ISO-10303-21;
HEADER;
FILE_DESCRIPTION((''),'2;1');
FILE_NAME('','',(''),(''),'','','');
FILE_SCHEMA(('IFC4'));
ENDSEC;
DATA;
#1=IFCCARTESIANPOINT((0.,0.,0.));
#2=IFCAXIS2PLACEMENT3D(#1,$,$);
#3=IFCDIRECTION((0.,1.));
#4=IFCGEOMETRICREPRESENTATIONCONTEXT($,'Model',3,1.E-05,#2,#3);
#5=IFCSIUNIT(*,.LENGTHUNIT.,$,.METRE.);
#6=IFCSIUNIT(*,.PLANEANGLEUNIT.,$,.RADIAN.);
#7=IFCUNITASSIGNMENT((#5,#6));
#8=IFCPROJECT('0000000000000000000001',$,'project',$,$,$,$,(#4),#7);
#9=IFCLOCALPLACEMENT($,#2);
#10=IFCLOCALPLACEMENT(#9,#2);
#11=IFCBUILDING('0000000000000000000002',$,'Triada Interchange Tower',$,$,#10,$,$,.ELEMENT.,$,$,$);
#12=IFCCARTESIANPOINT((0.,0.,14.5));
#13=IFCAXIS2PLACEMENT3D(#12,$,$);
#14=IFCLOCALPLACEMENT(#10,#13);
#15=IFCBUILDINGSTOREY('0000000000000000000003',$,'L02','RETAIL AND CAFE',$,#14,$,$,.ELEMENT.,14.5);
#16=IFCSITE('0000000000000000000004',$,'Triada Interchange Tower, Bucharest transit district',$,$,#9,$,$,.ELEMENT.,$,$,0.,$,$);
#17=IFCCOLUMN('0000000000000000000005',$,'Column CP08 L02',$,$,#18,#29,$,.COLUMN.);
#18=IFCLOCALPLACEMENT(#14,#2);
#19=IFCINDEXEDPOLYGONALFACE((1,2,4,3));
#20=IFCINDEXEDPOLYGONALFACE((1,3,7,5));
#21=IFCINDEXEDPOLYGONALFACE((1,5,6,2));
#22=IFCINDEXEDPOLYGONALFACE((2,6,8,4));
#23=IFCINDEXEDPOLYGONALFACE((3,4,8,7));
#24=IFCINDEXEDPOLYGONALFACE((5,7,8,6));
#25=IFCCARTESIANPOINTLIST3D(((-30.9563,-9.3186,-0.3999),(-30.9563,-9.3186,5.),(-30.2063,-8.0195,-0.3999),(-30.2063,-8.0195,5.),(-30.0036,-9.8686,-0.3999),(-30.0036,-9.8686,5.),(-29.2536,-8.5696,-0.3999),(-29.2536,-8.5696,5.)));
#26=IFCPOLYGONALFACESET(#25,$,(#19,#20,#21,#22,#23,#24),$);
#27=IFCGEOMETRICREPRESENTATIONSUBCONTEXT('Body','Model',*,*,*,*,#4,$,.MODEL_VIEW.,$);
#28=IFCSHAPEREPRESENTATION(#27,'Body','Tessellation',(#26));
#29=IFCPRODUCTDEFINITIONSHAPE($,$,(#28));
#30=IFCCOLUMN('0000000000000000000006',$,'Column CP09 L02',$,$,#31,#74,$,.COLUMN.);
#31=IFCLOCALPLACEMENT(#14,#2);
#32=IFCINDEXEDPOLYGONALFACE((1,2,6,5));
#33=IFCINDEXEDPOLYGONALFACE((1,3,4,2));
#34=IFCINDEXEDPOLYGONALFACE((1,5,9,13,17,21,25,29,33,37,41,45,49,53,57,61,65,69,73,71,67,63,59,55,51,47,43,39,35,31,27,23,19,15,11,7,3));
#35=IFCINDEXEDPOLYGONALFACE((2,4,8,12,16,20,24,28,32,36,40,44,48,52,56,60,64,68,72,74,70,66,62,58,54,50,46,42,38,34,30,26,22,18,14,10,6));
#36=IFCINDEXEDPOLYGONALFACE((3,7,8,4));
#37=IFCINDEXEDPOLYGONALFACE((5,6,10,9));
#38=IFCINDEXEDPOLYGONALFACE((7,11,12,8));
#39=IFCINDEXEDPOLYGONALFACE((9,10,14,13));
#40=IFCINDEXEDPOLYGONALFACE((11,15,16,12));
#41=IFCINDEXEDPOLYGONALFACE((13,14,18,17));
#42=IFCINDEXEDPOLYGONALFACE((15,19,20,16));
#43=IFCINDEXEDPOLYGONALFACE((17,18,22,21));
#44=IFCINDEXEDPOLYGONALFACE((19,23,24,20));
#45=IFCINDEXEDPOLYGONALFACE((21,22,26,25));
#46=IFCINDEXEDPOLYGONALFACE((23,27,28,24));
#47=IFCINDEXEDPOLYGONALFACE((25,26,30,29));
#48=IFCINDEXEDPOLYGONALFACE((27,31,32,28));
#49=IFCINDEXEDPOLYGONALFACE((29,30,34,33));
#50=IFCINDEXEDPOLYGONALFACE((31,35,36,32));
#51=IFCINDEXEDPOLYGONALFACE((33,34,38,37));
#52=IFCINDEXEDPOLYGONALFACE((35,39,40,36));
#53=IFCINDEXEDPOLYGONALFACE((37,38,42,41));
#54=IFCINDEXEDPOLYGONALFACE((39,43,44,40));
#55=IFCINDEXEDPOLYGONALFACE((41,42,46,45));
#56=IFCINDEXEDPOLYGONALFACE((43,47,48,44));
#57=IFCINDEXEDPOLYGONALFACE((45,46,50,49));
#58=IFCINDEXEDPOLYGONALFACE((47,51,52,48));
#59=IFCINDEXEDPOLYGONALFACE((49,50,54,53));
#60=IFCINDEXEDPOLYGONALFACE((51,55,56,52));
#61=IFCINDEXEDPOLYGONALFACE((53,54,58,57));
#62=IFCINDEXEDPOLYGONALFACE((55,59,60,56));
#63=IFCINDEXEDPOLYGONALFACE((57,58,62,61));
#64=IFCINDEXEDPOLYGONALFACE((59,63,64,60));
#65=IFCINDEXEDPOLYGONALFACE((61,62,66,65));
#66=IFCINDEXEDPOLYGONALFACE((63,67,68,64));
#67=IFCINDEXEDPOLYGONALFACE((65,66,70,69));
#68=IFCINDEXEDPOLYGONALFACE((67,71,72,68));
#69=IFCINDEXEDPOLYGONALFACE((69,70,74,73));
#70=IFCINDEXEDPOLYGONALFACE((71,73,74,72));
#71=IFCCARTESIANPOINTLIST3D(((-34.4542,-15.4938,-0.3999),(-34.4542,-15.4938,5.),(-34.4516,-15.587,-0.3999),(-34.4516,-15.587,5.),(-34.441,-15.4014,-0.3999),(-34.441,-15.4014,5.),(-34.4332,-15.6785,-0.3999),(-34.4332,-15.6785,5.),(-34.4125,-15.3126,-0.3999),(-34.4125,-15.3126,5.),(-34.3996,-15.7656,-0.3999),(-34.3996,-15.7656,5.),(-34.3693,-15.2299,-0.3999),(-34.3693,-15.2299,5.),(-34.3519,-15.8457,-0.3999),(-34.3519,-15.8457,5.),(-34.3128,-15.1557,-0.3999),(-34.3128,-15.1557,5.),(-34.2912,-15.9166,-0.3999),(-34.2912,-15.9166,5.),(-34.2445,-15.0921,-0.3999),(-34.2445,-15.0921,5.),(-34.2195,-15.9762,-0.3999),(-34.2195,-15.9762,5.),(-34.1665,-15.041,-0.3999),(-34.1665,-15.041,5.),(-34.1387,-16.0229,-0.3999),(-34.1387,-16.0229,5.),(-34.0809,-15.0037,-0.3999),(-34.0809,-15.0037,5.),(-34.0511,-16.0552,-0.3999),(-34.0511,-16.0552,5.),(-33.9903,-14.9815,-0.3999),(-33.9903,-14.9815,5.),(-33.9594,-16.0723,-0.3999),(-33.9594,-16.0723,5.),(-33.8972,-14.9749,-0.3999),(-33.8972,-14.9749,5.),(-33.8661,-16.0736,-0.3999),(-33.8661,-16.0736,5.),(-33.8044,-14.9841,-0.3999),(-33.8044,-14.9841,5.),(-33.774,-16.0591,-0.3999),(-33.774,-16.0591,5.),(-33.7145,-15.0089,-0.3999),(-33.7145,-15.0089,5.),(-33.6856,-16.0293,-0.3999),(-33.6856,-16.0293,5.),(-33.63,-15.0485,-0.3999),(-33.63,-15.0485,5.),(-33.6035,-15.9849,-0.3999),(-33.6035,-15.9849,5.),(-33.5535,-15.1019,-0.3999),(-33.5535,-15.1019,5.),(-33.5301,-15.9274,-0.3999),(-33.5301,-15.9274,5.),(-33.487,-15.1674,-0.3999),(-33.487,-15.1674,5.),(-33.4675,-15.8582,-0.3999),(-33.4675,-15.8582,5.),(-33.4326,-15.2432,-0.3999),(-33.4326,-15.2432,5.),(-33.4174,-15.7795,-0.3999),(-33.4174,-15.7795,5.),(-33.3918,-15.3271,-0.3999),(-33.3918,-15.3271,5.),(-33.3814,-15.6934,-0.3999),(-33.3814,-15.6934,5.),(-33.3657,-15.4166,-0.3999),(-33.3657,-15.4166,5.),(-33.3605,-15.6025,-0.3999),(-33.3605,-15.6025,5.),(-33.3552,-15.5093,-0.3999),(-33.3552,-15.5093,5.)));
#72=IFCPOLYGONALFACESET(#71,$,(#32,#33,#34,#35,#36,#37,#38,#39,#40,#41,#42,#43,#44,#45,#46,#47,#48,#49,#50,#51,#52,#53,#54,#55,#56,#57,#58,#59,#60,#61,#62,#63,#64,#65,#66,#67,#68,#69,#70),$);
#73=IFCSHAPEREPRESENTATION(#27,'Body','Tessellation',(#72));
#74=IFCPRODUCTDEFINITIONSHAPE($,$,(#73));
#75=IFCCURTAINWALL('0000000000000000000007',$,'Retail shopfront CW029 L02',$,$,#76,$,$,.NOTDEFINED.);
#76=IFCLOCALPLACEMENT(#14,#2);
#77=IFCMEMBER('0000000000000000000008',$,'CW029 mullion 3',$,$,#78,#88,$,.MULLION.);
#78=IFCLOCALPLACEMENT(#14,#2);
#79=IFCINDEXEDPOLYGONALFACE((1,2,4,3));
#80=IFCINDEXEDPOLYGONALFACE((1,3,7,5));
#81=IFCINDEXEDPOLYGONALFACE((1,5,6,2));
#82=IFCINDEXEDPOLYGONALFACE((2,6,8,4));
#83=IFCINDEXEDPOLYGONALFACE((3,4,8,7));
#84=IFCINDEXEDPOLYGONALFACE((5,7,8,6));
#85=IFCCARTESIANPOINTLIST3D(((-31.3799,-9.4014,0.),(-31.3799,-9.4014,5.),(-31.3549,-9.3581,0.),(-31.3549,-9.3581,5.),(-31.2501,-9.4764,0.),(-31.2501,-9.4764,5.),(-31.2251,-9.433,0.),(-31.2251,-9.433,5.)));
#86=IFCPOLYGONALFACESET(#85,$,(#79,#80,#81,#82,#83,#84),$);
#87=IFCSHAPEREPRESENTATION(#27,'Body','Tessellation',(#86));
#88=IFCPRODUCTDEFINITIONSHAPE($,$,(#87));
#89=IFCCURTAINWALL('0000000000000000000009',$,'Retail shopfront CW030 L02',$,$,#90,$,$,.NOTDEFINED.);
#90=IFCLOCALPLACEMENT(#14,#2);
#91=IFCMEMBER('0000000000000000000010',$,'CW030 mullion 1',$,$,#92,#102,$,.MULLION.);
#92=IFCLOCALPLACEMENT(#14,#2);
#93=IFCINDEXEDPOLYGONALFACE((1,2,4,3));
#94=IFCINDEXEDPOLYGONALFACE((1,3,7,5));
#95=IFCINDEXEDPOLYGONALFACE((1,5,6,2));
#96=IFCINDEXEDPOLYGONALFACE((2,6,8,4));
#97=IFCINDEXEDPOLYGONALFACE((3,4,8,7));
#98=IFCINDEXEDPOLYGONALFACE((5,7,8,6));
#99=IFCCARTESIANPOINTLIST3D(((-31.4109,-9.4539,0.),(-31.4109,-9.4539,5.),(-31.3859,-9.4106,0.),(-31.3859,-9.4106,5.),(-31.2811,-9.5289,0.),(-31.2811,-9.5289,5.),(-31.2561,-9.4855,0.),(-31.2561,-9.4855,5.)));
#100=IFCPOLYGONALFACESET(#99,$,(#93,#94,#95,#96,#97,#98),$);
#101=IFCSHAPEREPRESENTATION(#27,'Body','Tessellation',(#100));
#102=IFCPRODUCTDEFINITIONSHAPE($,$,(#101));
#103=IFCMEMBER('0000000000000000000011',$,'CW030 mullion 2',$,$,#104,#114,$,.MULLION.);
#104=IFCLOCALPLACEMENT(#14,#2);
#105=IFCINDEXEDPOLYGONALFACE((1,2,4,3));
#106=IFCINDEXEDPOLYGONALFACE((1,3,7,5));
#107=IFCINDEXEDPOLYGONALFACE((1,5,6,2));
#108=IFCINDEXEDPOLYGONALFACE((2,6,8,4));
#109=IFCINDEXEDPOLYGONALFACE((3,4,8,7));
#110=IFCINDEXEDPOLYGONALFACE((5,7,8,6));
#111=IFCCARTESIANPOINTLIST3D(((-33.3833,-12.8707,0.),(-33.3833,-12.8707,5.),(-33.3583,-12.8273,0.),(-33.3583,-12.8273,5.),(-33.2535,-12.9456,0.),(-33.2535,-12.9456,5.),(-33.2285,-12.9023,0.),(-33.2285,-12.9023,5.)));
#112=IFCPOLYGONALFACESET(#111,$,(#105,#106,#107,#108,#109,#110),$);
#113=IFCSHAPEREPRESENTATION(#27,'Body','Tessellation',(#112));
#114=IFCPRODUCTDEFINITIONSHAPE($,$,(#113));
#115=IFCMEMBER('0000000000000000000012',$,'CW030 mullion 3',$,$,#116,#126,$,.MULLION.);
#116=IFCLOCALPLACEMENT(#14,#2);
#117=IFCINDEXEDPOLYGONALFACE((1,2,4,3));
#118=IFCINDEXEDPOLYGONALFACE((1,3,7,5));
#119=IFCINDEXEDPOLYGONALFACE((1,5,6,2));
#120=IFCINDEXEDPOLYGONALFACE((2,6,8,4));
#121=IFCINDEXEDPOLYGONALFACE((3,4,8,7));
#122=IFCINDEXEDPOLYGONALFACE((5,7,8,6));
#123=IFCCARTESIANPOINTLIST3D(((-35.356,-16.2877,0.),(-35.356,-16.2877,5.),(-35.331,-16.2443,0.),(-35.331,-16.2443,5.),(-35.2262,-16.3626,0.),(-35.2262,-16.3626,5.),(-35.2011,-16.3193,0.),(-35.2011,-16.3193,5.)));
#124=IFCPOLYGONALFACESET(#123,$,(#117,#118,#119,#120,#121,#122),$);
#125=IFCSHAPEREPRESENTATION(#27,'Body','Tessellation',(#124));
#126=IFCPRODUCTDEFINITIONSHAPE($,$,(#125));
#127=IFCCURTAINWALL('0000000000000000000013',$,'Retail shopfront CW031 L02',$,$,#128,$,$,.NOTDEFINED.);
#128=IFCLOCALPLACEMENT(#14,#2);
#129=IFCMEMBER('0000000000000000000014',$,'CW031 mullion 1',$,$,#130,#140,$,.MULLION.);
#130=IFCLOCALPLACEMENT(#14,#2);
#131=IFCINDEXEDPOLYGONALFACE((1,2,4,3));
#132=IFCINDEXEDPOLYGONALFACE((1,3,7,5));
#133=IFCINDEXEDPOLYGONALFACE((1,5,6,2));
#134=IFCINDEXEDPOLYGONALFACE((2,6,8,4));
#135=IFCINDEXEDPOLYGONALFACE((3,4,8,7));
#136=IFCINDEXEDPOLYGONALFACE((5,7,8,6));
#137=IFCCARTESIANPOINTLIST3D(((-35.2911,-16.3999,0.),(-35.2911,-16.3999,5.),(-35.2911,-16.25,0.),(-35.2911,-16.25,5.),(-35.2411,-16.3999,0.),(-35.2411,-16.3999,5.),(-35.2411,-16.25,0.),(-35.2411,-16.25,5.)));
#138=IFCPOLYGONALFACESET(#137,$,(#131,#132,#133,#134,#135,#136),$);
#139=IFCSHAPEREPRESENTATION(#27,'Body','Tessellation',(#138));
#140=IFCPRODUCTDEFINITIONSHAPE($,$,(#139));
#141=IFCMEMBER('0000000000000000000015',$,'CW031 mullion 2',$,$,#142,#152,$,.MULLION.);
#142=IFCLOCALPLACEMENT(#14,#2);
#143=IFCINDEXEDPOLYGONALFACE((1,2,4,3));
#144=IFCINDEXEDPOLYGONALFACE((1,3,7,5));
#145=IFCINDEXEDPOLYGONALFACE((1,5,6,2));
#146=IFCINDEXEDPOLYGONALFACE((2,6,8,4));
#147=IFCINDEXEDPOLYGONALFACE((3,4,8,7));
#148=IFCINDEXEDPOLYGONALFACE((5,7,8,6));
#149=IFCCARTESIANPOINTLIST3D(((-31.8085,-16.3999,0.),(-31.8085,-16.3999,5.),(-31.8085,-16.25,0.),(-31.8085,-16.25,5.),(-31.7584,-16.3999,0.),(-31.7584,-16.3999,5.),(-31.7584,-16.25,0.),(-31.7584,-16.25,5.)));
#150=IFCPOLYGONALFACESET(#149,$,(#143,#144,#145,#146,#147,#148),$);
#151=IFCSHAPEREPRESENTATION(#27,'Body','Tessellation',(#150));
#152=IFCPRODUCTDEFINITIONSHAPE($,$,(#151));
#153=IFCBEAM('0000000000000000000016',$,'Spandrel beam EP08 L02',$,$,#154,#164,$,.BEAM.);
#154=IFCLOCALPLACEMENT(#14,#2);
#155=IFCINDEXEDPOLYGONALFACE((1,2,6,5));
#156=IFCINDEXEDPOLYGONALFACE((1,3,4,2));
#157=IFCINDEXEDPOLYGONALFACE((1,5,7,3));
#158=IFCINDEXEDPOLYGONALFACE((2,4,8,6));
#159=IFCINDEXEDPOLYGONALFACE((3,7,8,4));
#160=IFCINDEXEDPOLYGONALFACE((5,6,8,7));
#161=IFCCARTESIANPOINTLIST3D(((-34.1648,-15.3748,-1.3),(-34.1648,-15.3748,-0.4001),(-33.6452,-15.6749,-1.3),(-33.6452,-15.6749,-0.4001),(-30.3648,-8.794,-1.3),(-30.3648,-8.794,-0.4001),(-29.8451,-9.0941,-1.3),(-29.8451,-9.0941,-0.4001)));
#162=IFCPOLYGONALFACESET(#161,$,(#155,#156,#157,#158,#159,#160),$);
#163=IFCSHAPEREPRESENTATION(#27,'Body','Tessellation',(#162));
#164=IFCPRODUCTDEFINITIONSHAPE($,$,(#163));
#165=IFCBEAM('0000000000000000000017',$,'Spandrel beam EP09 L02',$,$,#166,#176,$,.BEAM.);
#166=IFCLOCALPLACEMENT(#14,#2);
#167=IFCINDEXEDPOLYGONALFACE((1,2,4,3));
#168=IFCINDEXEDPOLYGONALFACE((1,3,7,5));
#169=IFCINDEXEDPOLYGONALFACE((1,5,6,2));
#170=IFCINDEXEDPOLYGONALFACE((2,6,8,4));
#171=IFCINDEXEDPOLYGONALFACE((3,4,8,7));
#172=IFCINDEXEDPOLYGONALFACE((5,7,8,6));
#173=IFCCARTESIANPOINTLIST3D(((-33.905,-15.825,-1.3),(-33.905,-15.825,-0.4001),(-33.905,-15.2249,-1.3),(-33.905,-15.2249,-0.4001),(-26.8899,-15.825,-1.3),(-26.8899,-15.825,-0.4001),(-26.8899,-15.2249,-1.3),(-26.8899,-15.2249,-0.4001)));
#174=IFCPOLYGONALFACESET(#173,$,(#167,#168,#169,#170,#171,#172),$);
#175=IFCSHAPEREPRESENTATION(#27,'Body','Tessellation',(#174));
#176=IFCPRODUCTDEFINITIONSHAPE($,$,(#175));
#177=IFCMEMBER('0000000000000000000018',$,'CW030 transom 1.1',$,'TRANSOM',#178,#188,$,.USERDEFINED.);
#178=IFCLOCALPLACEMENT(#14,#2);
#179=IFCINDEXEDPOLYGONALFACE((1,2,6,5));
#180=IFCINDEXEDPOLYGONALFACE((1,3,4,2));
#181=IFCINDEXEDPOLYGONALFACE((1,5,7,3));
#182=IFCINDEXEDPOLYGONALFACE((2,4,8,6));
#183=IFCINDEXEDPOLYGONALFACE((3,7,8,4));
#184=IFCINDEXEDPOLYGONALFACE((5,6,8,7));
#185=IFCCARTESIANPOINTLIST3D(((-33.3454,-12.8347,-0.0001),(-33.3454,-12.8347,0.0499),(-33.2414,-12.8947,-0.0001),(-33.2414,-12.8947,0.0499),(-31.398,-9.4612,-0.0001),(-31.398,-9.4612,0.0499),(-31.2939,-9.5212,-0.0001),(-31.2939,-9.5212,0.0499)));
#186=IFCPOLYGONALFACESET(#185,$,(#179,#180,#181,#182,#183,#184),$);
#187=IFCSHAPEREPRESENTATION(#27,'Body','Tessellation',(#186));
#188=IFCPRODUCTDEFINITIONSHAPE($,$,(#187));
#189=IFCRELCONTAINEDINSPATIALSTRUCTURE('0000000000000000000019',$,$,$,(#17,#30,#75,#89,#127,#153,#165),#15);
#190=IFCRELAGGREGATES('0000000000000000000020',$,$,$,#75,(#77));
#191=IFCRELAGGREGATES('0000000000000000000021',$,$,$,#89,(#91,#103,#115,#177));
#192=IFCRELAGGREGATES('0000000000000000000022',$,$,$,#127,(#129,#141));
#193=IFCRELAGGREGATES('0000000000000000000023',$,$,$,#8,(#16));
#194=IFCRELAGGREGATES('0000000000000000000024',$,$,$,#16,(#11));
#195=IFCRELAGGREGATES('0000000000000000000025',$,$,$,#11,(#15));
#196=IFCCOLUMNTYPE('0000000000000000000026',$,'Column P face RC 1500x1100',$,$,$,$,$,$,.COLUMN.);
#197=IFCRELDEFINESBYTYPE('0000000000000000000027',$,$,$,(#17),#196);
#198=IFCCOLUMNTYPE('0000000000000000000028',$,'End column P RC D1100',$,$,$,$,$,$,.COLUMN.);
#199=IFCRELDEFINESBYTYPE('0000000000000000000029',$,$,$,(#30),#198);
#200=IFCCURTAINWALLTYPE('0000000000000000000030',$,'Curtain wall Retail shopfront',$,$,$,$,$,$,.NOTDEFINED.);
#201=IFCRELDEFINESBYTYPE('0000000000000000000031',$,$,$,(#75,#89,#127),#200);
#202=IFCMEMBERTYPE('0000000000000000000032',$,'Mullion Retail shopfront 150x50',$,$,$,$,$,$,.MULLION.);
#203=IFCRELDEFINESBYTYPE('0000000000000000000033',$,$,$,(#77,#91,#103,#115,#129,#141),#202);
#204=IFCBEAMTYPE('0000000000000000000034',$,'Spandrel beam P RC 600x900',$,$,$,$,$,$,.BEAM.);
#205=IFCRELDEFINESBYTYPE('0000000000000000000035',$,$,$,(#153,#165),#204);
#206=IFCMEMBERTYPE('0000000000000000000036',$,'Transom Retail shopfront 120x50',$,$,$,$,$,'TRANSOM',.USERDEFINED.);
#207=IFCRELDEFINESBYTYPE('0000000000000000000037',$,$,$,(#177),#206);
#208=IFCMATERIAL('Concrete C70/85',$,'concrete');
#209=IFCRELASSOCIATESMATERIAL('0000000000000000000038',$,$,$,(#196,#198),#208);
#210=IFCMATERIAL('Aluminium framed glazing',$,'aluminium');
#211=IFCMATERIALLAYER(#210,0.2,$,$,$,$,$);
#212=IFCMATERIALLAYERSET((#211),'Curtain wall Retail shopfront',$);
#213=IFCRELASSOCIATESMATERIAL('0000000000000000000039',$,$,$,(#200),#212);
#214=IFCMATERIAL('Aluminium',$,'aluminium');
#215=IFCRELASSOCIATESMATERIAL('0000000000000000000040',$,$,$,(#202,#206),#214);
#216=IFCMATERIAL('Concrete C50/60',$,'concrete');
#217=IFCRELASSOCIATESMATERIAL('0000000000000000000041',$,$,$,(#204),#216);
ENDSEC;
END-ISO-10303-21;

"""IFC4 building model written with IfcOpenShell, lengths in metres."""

from ifc_helpers import new_model, si_unit, direction, frame, origin, origin_2d, place, context, subcontext, project, spatial, rectangle, circle, extrude, material, layer, layer_set, material_profile, profile_set, type_object, element, aggregate, save


model = new_model("IFC4")

# Units and contexts
model_context = context("Model", 3, precision=1e-05, world=origin(), true_north=direction((0.0, 1.0)))
body_context = subcontext(model_context, "Body", "Model", "MODEL_VIEW")
ifc_project = project(units=[si_unit("LENGTHUNIT", "METRE"), si_unit("PLANEANGLEUNIT", "RADIAN")], contexts=[model_context])

# Site, building, storey
site_placement = place(None, origin())
site = spatial("IfcSite", under=ifc_project, at=site_placement, Name="Triada Interchange Tower, Bucharest transit district", CompositionType="ELEMENT", RefElevation=0.0)
building_placement = place(site_placement, origin())
building = spatial("IfcBuilding", under=site, at=building_placement, Name="Triada Interchange Tower", CompositionType="ELEMENT")
storey_placement = place(building_placement, frame((0.0, 0.0, 14.5)))
storey = spatial("IfcBuildingStorey", under=building, at=storey_placement, Name="L02", Description="RETAIL AND CAFE", CompositionType="ELEMENT", Elevation=14.5)

# Columns
ifc_material_1 = material(Name="Concrete C70/85", Category="concrete")
ifc_material_profile_1 = material_profile(ifc_material_1, rectangle(XDim=1.5, YDim=1.1001, at=origin_2d()), Name="RC 1500x1100")
ifc_profile_set_1 = profile_set([ifc_material_profile_1], Name="Concrete C70/85")
column_type_1 = type_object("IfcColumnType", Name="Column P face RC 1500x1100", PredefinedType="COLUMN", material=ifc_profile_set_1)
column_1_placement = place(storey_placement, frame((-30.105, -8.9441, -0.3999), z_axis=(0.0, 0.0, 1.0), x_axis=(0.5, 0.866025, 0.0)))
element("IfcColumn", 1, at=column_1_placement, inside=storey, type_object=column_type_1, Name="Column CP08 L02", PredefinedType="COLUMN", context=body_context, shape_type="SweptSolid", body=[
    extrude(rectangle(XDim=1.5, YDim=1.1001, at=origin_2d()), origin(), (0.0, 0.0, 1.0), 5.3999),
])
ifc_material_profile_2 = material_profile(ifc_material_1, circle(Radius=0.55, at=origin_2d()), Name="RC D1100")
ifc_profile_set_2 = profile_set([ifc_material_profile_2], Name="Concrete C70/85")
column_type_2 = type_object("IfcColumnType", Name="End column P RC D1100", PredefinedType="COLUMN", material=ifc_profile_set_2)
column_2_placement = place(storey_placement, frame((-33.905, -15.5249, -0.3999), z_axis=(0.0, 0.0, 1.0), x_axis=(0.5, 0.866025, 0.0)))
element("IfcColumn", 2, at=column_2_placement, inside=storey, type_object=column_type_2, Name="Column CP09 L02", PredefinedType="COLUMN", context=body_context, shape_type="SweptSolid", body=[
    extrude(circle(Radius=0.55, at=origin_2d()), origin(), (0.0, 0.0, 1.0), 5.3999),
])

# Curtain wall, member
ifc_material_2 = material(Name="Aluminium framed glazing", Category="aluminium")
ifc_layer_1 = layer(ifc_material_2, 0.2)
ifc_layer_set_1 = layer_set([ifc_layer_1], Name="Curtain wall Retail shopfront")
curtain_wall_type = type_object("IfcCurtainWallType", Name="Curtain wall Retail shopfront", PredefinedType="NOTDEFINED", material=ifc_layer_set_1)
curtain_wall_1_placement = place(storey_placement, origin())
curtain_wall_1 = element("IfcCurtainWall", 3, at=curtain_wall_1_placement, inside=storey, type_object=curtain_wall_type, Name="Retail shopfront CW029 L02", PredefinedType="NOTDEFINED")
ifc_material_3 = material(Name="Aluminium", Category="aluminium")
ifc_material_profile_3 = material_profile(ifc_material_3, rectangle(XDim=0.1499, YDim=0.05, at=origin_2d()), Name="Aluminium mullion")
ifc_profile_set_3 = profile_set([ifc_material_profile_3], Name="Aluminium")
member_type_1 = type_object("IfcMemberType", Name="Mullion Retail shopfront 150x50", PredefinedType="MULLION", material=ifc_profile_set_3)
member_1_placement = place(storey_placement, frame((-31.3025, -9.4172, 0.0), z_axis=(0.0, 0.0, 1.0), x_axis=(0.866055, -0.499948, 0.0)))
member_1 = element("IfcMember", 4, at=member_1_placement, type_object=member_type_1, Name="CW029 mullion 3", PredefinedType="MULLION", context=body_context, shape_type="SweptSolid", body=[
    extrude(rectangle(XDim=0.1499, YDim=0.05, at=origin_2d()), origin(), (0.0, 0.0, 1.0), 5.0),
])
aggregate(curtain_wall_1, [member_1])

# Curtain walls, members
curtain_wall_2_placement = place(storey_placement, origin())
curtain_wall_2 = element("IfcCurtainWall", 5, at=curtain_wall_2_placement, inside=storey, type_object=curtain_wall_type, Name="Retail shopfront CW030 L02", PredefinedType="NOTDEFINED")
member_2_placement = place(storey_placement, frame((-31.3335, -9.4697, 0.0), z_axis=(0.0, 0.0, 1.0), x_axis=(0.866049, -0.499959, 0.0)))
member_2 = element("IfcMember", 6, at=member_2_placement, type_object=member_type_1, Name="CW030 mullion 1", PredefinedType="MULLION", context=body_context, shape_type="SweptSolid", body=[
    extrude(rectangle(XDim=0.1499, YDim=0.05, at=origin_2d()), origin(), (0.0, 0.0, 1.0), 5.0),
])
member_3_placement = place(storey_placement, frame((-33.3059, -12.8865, 0.0), z_axis=(0.0, 0.0, 1.0), x_axis=(0.866049, -0.499959, 0.0)))
member_3 = element("IfcMember", 7, at=member_3_placement, type_object=member_type_1, Name="CW030 mullion 2", PredefinedType="MULLION", context=body_context, shape_type="SweptSolid", body=[
    extrude(rectangle(XDim=0.1499, YDim=0.05, at=origin_2d()), origin(), (0.0, 0.0, 1.0), 5.0),
])
member_4_placement = place(storey_placement, frame((-35.2786, -16.3035, 0.0), z_axis=(0.0, 0.0, 1.0), x_axis=(0.866049, -0.499959, 0.0)))
member_4 = element("IfcMember", 8, at=member_4_placement, type_object=member_type_1, Name="CW030 mullion 3", PredefinedType="MULLION", context=body_context, shape_type="SweptSolid", body=[
    extrude(rectangle(XDim=0.1499, YDim=0.05, at=origin_2d()), origin(), (0.0, 0.0, 1.0), 5.0),
])
curtain_wall_3_placement = place(storey_placement, origin())
curtain_wall_3 = element("IfcCurtainWall", 9, at=curtain_wall_3_placement, inside=storey, type_object=curtain_wall_type, Name="Retail shopfront CW031 L02", PredefinedType="NOTDEFINED")
member_5_placement = place(storey_placement, frame((-35.2661, -16.325, 0.0), z_axis=(0.0, 0.0, 1.0), x_axis=(0.0, 1.0, 0.0)))
member_5 = element("IfcMember", 10, at=member_5_placement, type_object=member_type_1, Name="CW031 mullion 1", PredefinedType="MULLION", context=body_context, shape_type="SweptSolid", body=[
    extrude(rectangle(XDim=0.1499, YDim=0.05, at=origin_2d()), origin(), (0.0, 0.0, 1.0), 5.0),
])
member_6_placement = place(storey_placement, frame((-31.7834, -16.325, 0.0), z_axis=(0.0, 0.0, 1.0), x_axis=(0.0, 1.0, 0.0)))
member_6 = element("IfcMember", 11, at=member_6_placement, type_object=member_type_1, Name="CW031 mullion 2", PredefinedType="MULLION", context=body_context, shape_type="SweptSolid", body=[
    extrude(rectangle(XDim=0.1499, YDim=0.05, at=origin_2d()), origin(), (0.0, 0.0, 1.0), 5.0),
])

# Beams
ifc_material_4 = material(Name="Concrete C50/60", Category="concrete")
ifc_material_profile_4 = material_profile(ifc_material_4, rectangle(XDim=0.6001, YDim=0.8999, at=origin_2d()), Name="RC 600x900")
ifc_profile_set_4 = profile_set([ifc_material_profile_4], Name="Concrete C50/60")
beam_type_1 = type_object("IfcBeamType", Name="Spandrel beam P RC 600x900", PredefinedType="BEAM", material=ifc_profile_set_4)
beam_1_placement = place(storey_placement, frame((-30.105, -8.9441, -0.8501), z_axis=(-0.500061, -0.86599, 0.0), x_axis=(0.86599, -0.500061, 0.0)))
element("IfcBeam", 12, at=beam_1_placement, inside=storey, type_object=beam_type_1, Name="Spandrel beam EP08 L02", PredefinedType="BEAM", context=body_context, shape_type="SweptSolid", body=[
    extrude(rectangle(XDim=0.6001, YDim=0.8999, at=origin_2d()), origin(), (0.0, 0.0, 1.0), 7.5991),
])
beam_2_placement = place(storey_placement, frame((-33.905, -15.5249, -0.8501), z_axis=(1.0, 0.0, 0.0), x_axis=(0.0, 1.0, 0.0)))
element("IfcBeam", 13, at=beam_2_placement, inside=storey, type_object=beam_type_1, Name="Spandrel beam EP09 L02", PredefinedType="BEAM", context=body_context, shape_type="SweptSolid", body=[
    extrude(rectangle(XDim=0.6001, YDim=0.8999, at=origin_2d()), origin(), (0.0, 0.0, 1.0), 7.0151),
])

# Member
ifc_material_profile_5 = material_profile(ifc_material_3, rectangle(XDim=0.1201, YDim=0.05, at=origin_2d()), Name="Aluminium transom")
ifc_profile_set_5 = profile_set([ifc_material_profile_5], Name="Aluminium")
member_type_2 = type_object("IfcMemberType", Name="Transom Retail shopfront 120x50", ElementType="TRANSOM", PredefinedType="USERDEFINED", material=ifc_profile_set_5)
member_7_placement = place(storey_placement, frame((-31.3459, -9.4912, 0.0249), z_axis=(-0.499961, -0.866048, 0.0), x_axis=(0.866048, -0.499961, 0.0)))
member_7 = element("IfcMember", 14, at=member_7_placement, type_object=member_type_2, Name="CW030 transom 1.1", ObjectType="TRANSOM", PredefinedType="USERDEFINED", context=body_context, shape_type="SweptSolid", body=[
    extrude(rectangle(XDim=0.1201, YDim=0.05, at=origin_2d()), origin(), (0.0, 0.0, 1.0), 3.8953),
])

aggregate(curtain_wall_2, [member_2, member_3, member_4, member_7])
aggregate(curtain_wall_3, [member_5, member_6])

save(model, "model.ifc")
